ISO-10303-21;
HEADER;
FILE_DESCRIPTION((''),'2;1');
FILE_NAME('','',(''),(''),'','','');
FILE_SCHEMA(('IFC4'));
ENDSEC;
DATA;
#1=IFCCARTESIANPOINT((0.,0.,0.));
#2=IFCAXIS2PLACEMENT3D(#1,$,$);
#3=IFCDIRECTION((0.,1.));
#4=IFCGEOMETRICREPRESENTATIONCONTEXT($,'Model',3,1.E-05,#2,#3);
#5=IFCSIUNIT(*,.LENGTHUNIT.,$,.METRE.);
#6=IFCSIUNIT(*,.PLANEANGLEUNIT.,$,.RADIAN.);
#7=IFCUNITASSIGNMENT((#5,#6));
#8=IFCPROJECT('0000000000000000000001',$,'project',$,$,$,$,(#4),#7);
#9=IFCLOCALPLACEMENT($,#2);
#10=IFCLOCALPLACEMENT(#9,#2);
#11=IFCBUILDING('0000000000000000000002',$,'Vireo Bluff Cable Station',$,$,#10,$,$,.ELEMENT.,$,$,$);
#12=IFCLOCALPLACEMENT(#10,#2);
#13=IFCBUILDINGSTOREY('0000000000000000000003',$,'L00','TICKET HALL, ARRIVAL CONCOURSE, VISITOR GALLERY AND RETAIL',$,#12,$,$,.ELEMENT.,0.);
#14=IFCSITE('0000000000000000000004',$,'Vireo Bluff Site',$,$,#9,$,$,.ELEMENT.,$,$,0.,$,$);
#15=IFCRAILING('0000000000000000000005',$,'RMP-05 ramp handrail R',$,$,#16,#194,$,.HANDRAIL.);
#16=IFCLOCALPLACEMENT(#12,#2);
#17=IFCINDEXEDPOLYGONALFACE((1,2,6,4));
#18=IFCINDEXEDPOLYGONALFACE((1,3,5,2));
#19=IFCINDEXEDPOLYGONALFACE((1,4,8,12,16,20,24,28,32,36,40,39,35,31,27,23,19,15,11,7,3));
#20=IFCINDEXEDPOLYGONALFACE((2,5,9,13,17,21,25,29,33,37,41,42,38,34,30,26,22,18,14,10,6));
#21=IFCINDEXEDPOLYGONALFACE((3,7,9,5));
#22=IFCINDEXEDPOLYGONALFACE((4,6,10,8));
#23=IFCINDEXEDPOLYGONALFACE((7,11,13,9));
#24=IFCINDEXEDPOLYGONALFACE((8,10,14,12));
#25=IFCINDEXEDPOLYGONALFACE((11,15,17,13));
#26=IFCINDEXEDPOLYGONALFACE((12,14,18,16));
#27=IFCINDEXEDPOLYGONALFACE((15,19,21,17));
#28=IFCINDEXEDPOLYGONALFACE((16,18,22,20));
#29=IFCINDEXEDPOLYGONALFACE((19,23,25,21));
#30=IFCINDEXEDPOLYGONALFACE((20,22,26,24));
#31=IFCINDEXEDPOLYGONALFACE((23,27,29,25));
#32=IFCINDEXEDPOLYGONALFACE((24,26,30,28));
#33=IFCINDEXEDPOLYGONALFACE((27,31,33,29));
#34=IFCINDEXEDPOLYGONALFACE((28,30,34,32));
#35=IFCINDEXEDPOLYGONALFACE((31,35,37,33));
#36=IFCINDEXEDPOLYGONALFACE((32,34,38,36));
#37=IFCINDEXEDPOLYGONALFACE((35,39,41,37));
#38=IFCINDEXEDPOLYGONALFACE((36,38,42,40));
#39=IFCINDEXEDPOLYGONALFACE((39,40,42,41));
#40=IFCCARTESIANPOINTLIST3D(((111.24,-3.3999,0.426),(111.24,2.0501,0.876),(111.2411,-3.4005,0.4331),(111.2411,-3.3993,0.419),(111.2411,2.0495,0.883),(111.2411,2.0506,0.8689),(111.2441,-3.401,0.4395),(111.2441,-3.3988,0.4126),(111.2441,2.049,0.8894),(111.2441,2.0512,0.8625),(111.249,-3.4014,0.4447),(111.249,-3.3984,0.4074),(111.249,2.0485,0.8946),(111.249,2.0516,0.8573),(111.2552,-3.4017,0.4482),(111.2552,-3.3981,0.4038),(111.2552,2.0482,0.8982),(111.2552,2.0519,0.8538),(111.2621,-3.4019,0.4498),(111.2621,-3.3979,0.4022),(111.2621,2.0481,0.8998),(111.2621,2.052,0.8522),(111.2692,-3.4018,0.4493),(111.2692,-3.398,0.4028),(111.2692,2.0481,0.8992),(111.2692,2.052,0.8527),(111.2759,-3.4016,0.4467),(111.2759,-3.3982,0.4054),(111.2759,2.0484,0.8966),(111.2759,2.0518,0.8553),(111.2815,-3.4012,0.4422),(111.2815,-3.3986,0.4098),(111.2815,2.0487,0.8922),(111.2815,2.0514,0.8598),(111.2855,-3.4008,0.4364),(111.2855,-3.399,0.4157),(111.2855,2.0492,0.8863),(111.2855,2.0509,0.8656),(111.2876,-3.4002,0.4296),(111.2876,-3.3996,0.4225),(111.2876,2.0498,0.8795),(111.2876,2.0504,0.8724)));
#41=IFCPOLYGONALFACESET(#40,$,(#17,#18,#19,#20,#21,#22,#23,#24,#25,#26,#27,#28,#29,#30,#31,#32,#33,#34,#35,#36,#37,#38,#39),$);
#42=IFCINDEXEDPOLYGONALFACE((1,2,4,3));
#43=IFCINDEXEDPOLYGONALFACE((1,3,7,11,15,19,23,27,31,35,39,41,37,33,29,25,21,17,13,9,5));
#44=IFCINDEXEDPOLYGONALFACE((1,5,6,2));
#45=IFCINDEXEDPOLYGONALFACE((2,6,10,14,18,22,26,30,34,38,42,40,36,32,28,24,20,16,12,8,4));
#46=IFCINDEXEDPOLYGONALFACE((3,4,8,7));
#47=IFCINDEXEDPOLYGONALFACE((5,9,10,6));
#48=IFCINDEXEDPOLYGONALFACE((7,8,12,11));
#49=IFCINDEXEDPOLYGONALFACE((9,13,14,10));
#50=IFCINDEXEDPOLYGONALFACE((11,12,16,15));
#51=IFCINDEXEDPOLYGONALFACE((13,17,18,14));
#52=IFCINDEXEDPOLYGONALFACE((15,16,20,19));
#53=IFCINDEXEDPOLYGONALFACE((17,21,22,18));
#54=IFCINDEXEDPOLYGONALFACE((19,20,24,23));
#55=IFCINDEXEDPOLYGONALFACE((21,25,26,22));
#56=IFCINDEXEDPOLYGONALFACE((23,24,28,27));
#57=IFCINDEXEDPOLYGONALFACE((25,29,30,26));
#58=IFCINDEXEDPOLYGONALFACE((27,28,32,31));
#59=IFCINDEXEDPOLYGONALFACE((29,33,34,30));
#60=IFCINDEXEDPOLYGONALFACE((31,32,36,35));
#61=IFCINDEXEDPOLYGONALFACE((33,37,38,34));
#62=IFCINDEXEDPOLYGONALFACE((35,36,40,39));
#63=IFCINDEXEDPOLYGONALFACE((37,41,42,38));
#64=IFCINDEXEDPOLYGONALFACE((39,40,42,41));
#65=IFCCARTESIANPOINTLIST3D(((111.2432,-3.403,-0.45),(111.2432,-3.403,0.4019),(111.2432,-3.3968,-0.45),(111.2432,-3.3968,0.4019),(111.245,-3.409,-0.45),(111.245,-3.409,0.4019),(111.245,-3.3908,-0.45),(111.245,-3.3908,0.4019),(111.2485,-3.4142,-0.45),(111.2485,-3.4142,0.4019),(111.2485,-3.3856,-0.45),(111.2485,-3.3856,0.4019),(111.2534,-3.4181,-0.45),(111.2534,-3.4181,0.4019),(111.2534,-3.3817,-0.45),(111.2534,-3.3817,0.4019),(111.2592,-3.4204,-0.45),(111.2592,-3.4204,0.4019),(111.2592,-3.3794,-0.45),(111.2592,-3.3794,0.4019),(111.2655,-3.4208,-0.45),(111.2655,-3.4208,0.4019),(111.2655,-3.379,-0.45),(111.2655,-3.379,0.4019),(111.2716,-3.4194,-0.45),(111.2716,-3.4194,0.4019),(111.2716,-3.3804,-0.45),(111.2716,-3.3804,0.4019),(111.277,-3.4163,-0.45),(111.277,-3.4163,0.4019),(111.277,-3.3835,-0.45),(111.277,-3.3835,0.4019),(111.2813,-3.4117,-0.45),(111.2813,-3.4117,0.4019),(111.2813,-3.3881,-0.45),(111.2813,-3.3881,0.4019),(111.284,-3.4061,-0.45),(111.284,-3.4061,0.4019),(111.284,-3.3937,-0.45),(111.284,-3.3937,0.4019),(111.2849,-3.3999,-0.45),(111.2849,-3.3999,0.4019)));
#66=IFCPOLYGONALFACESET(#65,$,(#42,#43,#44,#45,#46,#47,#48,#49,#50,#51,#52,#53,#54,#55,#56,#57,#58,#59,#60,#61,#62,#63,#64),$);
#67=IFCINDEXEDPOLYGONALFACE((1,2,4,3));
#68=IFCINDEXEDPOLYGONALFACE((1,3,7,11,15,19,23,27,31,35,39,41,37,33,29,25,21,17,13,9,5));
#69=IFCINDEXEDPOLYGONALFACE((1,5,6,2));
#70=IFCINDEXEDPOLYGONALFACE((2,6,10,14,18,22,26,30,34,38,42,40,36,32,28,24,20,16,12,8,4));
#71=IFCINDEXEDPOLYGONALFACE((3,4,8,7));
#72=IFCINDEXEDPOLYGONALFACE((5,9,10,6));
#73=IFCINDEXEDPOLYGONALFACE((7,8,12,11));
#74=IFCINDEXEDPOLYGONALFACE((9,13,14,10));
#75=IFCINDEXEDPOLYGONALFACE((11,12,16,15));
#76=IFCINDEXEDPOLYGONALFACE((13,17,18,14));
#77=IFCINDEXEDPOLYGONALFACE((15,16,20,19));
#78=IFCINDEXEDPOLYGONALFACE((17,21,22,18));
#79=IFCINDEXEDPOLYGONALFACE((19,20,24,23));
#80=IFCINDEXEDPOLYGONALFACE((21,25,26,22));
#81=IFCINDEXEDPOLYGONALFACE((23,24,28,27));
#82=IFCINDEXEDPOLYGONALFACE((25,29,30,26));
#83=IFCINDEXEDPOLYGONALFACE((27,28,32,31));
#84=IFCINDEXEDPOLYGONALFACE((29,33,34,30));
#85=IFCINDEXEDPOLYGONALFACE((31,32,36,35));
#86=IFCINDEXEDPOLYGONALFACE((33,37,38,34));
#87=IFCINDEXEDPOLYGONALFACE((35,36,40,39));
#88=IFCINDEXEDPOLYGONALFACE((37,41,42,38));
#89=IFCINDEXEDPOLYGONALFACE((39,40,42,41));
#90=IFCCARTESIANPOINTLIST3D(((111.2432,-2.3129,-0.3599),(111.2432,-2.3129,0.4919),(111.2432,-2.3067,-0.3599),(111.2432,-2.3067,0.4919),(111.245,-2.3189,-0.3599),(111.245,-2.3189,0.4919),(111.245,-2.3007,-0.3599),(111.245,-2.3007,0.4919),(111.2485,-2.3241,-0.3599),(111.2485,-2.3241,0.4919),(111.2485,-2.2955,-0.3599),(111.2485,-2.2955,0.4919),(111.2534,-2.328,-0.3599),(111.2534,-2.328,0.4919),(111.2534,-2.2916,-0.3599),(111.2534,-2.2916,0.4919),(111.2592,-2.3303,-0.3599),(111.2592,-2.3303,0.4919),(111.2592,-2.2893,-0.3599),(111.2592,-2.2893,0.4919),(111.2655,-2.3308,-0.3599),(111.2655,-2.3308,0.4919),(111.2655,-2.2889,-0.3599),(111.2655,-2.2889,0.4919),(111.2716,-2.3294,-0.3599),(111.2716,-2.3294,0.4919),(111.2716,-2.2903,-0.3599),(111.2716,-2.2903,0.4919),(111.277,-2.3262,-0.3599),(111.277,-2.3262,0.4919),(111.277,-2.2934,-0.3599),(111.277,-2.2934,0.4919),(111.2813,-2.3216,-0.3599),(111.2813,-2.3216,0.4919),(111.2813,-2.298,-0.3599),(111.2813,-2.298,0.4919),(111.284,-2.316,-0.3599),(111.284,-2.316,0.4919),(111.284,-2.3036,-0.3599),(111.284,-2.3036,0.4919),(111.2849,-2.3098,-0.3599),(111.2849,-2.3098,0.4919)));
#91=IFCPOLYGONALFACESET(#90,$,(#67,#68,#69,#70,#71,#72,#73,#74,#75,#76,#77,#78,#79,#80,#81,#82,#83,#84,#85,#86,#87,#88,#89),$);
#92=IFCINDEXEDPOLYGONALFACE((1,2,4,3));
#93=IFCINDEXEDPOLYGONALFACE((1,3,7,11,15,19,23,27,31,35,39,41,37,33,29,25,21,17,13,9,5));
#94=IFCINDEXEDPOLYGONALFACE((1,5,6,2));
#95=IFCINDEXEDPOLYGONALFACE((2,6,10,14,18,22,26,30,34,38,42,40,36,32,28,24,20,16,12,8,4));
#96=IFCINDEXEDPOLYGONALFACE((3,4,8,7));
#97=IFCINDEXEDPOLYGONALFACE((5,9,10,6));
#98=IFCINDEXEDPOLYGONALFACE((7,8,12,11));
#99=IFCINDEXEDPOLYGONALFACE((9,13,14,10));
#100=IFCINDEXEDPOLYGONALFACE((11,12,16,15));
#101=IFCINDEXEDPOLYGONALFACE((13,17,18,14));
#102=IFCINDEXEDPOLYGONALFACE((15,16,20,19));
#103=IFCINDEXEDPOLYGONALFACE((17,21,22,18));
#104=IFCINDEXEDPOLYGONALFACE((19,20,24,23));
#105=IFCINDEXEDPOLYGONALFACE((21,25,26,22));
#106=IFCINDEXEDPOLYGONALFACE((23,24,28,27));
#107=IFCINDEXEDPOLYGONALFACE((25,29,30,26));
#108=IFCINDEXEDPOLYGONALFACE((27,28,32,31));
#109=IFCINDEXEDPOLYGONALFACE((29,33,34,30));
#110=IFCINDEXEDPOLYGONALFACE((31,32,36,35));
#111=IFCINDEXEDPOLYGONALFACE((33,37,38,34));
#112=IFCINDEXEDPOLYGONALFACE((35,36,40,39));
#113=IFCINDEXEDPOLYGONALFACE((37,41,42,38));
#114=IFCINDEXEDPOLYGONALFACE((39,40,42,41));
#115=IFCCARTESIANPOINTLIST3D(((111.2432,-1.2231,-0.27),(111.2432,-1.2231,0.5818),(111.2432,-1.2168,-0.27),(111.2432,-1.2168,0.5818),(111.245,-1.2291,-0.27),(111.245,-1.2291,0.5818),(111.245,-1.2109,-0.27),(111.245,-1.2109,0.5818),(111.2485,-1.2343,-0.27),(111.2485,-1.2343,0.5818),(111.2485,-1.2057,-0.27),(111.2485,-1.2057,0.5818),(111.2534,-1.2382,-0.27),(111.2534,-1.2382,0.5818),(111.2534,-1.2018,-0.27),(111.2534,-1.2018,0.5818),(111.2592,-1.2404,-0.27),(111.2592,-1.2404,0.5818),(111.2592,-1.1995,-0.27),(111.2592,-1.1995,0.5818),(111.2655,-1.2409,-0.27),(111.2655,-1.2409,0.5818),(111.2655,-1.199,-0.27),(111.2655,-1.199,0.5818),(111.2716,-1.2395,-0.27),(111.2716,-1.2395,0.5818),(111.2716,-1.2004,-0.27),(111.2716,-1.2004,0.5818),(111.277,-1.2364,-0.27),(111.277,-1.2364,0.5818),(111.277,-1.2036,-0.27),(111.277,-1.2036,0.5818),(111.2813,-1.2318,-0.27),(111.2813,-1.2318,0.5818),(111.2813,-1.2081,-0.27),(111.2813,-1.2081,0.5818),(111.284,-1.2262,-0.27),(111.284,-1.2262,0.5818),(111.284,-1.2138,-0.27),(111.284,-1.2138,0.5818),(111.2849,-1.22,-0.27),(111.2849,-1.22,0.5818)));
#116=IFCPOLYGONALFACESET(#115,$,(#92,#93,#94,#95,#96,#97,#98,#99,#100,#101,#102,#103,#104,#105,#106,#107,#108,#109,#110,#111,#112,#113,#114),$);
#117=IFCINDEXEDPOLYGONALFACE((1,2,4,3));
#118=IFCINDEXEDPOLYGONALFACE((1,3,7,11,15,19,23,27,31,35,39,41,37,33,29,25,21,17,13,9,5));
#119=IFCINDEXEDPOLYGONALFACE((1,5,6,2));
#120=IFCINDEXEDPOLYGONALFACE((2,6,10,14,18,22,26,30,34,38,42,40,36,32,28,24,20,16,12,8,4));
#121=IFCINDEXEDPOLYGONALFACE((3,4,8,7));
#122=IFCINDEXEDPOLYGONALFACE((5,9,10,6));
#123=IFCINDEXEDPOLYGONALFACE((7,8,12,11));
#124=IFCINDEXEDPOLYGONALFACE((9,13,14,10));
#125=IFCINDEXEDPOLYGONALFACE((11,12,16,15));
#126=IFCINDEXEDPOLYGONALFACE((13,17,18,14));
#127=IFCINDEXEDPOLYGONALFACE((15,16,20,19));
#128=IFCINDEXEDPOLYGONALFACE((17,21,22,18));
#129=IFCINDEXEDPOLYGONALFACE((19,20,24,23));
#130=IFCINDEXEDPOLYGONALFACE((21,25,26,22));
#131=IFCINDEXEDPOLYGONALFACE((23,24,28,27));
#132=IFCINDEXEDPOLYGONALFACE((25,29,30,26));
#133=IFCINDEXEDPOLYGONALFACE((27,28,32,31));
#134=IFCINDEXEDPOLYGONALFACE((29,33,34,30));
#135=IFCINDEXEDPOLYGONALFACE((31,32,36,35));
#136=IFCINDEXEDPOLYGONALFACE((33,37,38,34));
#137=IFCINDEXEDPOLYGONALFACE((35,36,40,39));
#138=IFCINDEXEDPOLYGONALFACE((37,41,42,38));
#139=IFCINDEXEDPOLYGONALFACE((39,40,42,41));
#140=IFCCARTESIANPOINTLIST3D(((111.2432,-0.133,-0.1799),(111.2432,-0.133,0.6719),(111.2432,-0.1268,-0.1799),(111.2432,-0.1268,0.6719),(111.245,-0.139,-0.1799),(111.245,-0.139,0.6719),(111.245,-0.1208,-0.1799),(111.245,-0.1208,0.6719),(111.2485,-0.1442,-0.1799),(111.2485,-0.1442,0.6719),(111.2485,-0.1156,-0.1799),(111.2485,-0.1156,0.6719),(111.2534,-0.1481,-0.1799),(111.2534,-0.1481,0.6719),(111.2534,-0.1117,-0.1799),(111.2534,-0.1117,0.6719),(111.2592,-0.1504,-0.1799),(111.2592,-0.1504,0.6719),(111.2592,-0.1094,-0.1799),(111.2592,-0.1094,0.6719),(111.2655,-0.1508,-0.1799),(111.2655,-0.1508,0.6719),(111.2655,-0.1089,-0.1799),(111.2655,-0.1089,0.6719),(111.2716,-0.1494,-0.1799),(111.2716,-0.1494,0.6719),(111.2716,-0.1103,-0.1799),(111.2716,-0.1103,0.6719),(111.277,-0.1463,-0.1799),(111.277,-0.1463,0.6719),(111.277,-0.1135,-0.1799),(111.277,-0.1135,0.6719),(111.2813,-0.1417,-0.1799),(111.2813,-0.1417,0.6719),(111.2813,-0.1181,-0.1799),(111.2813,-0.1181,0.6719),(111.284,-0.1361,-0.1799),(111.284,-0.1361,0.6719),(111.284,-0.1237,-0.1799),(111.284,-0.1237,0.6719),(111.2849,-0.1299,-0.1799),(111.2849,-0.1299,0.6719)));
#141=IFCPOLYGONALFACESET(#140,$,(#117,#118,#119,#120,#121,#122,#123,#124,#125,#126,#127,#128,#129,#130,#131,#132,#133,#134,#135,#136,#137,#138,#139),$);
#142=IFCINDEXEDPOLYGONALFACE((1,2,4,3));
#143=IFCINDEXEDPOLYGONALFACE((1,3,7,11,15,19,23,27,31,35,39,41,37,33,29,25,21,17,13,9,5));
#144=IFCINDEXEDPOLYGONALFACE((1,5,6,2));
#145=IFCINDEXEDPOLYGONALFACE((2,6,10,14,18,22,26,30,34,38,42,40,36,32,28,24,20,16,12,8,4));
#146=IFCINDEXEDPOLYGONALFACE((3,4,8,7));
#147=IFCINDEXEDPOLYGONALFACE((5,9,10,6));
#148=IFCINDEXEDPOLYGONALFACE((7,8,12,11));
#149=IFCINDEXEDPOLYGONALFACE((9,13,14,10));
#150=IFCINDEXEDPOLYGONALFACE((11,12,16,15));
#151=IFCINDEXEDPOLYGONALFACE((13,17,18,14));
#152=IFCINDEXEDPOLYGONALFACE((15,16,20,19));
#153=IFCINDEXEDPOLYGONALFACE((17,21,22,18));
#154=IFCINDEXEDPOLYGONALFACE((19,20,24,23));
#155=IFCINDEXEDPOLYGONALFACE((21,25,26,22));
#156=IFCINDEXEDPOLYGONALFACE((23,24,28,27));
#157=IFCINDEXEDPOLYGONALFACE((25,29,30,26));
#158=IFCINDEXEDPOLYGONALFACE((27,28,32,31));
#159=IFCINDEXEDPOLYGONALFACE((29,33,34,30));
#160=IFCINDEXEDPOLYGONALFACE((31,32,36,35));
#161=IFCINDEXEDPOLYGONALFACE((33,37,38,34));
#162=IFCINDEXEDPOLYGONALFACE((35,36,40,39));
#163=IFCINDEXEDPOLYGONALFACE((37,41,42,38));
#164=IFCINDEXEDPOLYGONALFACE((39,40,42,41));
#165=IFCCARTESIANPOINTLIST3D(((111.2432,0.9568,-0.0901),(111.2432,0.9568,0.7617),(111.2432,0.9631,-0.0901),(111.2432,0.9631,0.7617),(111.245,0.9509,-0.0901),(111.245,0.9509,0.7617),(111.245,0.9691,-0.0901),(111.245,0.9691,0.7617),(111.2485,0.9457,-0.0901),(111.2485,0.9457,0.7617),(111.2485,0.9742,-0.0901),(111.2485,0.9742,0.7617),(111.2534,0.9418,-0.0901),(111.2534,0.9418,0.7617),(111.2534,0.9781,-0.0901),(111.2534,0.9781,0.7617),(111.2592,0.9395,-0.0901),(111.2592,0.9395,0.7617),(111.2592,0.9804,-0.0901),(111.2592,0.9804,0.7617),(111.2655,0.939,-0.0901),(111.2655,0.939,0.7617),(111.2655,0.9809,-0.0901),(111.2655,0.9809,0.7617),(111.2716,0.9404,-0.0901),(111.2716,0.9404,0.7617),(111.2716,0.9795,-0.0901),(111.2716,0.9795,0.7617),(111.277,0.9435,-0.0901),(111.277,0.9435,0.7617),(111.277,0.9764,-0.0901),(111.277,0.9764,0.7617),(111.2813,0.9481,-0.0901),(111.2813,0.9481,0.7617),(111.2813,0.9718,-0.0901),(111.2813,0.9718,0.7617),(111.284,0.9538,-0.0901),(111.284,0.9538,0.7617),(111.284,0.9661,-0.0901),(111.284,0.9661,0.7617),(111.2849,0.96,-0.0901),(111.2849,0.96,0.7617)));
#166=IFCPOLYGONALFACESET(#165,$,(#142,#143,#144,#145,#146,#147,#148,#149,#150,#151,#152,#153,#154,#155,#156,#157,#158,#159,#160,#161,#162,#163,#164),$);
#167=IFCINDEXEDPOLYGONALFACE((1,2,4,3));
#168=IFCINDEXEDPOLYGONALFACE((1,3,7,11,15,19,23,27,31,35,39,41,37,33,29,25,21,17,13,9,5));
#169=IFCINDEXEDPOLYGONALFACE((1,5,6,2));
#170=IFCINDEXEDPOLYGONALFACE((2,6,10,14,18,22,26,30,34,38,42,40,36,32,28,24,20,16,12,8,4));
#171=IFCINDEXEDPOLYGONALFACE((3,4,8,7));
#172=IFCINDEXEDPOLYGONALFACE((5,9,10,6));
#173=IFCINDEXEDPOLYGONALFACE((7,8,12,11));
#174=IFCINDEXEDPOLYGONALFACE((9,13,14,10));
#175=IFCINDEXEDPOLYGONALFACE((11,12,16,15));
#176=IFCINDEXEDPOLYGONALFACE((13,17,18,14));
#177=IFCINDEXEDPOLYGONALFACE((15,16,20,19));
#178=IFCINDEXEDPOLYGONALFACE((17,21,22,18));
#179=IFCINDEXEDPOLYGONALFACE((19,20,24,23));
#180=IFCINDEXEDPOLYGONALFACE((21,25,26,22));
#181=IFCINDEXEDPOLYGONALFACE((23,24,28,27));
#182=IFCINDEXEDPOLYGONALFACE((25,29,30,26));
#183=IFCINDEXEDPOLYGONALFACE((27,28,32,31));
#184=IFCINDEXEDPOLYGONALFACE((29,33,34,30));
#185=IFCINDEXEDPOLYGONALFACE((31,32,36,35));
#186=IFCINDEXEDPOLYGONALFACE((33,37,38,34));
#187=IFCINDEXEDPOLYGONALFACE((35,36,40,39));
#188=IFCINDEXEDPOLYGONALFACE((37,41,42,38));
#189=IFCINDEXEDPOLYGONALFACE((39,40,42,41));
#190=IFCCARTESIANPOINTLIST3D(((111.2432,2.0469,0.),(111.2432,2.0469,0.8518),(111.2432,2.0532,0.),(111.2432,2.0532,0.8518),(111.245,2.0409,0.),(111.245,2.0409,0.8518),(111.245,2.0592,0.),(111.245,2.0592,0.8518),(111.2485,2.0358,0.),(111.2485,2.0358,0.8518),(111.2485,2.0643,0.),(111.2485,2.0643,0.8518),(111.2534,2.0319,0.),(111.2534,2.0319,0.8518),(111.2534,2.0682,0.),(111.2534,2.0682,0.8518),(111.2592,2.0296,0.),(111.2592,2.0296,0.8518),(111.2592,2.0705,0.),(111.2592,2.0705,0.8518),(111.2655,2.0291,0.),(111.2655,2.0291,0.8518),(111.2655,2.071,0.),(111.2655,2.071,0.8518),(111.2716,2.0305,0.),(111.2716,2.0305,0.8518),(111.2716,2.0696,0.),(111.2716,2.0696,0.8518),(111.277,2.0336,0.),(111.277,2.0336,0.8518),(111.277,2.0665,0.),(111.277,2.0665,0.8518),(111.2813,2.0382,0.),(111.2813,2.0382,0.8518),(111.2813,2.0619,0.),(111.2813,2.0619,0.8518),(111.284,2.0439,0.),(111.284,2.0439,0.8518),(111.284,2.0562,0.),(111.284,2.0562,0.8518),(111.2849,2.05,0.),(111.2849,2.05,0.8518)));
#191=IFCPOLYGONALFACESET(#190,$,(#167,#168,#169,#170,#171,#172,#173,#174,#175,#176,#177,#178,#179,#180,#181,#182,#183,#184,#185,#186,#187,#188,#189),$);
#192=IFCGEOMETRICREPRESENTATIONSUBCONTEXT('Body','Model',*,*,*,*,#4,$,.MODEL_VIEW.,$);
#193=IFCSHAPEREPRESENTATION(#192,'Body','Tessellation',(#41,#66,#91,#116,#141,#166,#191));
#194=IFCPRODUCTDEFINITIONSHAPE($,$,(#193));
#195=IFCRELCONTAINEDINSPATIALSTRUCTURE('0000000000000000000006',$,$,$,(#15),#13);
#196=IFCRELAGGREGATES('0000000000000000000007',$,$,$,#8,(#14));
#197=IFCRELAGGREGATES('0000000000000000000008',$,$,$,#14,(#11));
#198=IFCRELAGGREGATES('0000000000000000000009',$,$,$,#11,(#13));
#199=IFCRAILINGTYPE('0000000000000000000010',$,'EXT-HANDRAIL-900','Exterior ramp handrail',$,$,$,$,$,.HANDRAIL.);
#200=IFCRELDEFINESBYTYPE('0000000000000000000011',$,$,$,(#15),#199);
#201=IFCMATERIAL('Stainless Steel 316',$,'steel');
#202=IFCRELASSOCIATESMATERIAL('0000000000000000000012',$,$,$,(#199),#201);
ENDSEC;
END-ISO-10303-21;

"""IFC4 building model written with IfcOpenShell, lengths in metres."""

from ifc_helpers import new_model, si_unit, direction, frame, origin, origin_2d, place, context, subcontext, project, spatial, circle, extrude, material, type_object, element, save


model = new_model("IFC4")

# Units and contexts
model_context = context("Model", 3, precision=1e-05, world=origin(), true_north=direction((0.0, 1.0)))
body_context = subcontext(model_context, "Body", "Model", "MODEL_VIEW")
ifc_project = project(units=[si_unit("LENGTHUNIT", "METRE"), si_unit("PLANEANGLEUNIT", "RADIAN")], contexts=[model_context])

# Site, building, storey
site_placement = place(None, origin())
site = spatial("IfcSite", under=ifc_project, at=site_placement, Name="Vireo Bluff Site", CompositionType="ELEMENT", RefElevation=0.0)
building_placement = place(site_placement, origin())
building = spatial("IfcBuilding", under=site, at=building_placement, Name="Vireo Bluff Cable Station", CompositionType="ELEMENT")
storey_placement = place(building_placement, origin())
storey = spatial("IfcBuildingStorey", under=building, at=storey_placement, Name="L00", Description="TICKET HALL, ARRIVAL CONCOURSE, VISITOR GALLERY AND RETAIL", CompositionType="ELEMENT", Elevation=0.0)

# Railing
ifc_material_1 = material(Name="Stainless Steel 316", Category="steel")
railing_type = type_object("IfcRailingType", Name="EXT-HANDRAIL-900", Description="Exterior ramp handrail", PredefinedType="HANDRAIL", material=ifc_material_1)
for number, where, name in (
    (1, (111.2639, -3.3999, -0.45), "RMP-05 ramp handrail R"),
):
    element("IfcRailing", number, at=place(storey_placement, frame(where)), inside=storey, type_object=railing_type, Name=name, PredefinedType="HANDRAIL", context=body_context, shape_type="SweptSolid", body=[
        extrude(circle(Radius=0.0239, at=origin_2d()), frame((0.0, 0.0, 0.876), z_axis=(0.0, 0.996609, 0.082281), x_axis=(-1.0, 0.0, 0.0)), (0.0, 0.0, 1.0), 5.4685),
        extrude(circle(Radius=0.021, at=origin_2d()), origin(), (0.0, 0.0, 1.0), 0.8518),
        extrude(circle(Radius=0.021, at=origin_2d()), frame((0.0, 1.0901, 0.0901)), (0.0, 0.0, 1.0), 0.8518),
        extrude(circle(Radius=0.021, at=origin_2d()), frame((0.0, 2.1799, 0.1799)), (0.0, 0.0, 1.0), 0.8518),
        extrude(circle(Radius=0.021, at=origin_2d()), frame((0.0, 3.27, 0.27)), (0.0, 0.0, 1.0), 0.8518),
        extrude(circle(Radius=0.021, at=origin_2d()), frame((0.0, 4.3599, 0.3599)), (0.0, 0.0, 1.0), 0.8518),
        extrude(circle(Radius=0.021, at=origin_2d()), frame((0.0, 5.45, 0.45)), (0.0, 0.0, 1.0), 0.8518),
    ])

save(model, "model.ifc")
